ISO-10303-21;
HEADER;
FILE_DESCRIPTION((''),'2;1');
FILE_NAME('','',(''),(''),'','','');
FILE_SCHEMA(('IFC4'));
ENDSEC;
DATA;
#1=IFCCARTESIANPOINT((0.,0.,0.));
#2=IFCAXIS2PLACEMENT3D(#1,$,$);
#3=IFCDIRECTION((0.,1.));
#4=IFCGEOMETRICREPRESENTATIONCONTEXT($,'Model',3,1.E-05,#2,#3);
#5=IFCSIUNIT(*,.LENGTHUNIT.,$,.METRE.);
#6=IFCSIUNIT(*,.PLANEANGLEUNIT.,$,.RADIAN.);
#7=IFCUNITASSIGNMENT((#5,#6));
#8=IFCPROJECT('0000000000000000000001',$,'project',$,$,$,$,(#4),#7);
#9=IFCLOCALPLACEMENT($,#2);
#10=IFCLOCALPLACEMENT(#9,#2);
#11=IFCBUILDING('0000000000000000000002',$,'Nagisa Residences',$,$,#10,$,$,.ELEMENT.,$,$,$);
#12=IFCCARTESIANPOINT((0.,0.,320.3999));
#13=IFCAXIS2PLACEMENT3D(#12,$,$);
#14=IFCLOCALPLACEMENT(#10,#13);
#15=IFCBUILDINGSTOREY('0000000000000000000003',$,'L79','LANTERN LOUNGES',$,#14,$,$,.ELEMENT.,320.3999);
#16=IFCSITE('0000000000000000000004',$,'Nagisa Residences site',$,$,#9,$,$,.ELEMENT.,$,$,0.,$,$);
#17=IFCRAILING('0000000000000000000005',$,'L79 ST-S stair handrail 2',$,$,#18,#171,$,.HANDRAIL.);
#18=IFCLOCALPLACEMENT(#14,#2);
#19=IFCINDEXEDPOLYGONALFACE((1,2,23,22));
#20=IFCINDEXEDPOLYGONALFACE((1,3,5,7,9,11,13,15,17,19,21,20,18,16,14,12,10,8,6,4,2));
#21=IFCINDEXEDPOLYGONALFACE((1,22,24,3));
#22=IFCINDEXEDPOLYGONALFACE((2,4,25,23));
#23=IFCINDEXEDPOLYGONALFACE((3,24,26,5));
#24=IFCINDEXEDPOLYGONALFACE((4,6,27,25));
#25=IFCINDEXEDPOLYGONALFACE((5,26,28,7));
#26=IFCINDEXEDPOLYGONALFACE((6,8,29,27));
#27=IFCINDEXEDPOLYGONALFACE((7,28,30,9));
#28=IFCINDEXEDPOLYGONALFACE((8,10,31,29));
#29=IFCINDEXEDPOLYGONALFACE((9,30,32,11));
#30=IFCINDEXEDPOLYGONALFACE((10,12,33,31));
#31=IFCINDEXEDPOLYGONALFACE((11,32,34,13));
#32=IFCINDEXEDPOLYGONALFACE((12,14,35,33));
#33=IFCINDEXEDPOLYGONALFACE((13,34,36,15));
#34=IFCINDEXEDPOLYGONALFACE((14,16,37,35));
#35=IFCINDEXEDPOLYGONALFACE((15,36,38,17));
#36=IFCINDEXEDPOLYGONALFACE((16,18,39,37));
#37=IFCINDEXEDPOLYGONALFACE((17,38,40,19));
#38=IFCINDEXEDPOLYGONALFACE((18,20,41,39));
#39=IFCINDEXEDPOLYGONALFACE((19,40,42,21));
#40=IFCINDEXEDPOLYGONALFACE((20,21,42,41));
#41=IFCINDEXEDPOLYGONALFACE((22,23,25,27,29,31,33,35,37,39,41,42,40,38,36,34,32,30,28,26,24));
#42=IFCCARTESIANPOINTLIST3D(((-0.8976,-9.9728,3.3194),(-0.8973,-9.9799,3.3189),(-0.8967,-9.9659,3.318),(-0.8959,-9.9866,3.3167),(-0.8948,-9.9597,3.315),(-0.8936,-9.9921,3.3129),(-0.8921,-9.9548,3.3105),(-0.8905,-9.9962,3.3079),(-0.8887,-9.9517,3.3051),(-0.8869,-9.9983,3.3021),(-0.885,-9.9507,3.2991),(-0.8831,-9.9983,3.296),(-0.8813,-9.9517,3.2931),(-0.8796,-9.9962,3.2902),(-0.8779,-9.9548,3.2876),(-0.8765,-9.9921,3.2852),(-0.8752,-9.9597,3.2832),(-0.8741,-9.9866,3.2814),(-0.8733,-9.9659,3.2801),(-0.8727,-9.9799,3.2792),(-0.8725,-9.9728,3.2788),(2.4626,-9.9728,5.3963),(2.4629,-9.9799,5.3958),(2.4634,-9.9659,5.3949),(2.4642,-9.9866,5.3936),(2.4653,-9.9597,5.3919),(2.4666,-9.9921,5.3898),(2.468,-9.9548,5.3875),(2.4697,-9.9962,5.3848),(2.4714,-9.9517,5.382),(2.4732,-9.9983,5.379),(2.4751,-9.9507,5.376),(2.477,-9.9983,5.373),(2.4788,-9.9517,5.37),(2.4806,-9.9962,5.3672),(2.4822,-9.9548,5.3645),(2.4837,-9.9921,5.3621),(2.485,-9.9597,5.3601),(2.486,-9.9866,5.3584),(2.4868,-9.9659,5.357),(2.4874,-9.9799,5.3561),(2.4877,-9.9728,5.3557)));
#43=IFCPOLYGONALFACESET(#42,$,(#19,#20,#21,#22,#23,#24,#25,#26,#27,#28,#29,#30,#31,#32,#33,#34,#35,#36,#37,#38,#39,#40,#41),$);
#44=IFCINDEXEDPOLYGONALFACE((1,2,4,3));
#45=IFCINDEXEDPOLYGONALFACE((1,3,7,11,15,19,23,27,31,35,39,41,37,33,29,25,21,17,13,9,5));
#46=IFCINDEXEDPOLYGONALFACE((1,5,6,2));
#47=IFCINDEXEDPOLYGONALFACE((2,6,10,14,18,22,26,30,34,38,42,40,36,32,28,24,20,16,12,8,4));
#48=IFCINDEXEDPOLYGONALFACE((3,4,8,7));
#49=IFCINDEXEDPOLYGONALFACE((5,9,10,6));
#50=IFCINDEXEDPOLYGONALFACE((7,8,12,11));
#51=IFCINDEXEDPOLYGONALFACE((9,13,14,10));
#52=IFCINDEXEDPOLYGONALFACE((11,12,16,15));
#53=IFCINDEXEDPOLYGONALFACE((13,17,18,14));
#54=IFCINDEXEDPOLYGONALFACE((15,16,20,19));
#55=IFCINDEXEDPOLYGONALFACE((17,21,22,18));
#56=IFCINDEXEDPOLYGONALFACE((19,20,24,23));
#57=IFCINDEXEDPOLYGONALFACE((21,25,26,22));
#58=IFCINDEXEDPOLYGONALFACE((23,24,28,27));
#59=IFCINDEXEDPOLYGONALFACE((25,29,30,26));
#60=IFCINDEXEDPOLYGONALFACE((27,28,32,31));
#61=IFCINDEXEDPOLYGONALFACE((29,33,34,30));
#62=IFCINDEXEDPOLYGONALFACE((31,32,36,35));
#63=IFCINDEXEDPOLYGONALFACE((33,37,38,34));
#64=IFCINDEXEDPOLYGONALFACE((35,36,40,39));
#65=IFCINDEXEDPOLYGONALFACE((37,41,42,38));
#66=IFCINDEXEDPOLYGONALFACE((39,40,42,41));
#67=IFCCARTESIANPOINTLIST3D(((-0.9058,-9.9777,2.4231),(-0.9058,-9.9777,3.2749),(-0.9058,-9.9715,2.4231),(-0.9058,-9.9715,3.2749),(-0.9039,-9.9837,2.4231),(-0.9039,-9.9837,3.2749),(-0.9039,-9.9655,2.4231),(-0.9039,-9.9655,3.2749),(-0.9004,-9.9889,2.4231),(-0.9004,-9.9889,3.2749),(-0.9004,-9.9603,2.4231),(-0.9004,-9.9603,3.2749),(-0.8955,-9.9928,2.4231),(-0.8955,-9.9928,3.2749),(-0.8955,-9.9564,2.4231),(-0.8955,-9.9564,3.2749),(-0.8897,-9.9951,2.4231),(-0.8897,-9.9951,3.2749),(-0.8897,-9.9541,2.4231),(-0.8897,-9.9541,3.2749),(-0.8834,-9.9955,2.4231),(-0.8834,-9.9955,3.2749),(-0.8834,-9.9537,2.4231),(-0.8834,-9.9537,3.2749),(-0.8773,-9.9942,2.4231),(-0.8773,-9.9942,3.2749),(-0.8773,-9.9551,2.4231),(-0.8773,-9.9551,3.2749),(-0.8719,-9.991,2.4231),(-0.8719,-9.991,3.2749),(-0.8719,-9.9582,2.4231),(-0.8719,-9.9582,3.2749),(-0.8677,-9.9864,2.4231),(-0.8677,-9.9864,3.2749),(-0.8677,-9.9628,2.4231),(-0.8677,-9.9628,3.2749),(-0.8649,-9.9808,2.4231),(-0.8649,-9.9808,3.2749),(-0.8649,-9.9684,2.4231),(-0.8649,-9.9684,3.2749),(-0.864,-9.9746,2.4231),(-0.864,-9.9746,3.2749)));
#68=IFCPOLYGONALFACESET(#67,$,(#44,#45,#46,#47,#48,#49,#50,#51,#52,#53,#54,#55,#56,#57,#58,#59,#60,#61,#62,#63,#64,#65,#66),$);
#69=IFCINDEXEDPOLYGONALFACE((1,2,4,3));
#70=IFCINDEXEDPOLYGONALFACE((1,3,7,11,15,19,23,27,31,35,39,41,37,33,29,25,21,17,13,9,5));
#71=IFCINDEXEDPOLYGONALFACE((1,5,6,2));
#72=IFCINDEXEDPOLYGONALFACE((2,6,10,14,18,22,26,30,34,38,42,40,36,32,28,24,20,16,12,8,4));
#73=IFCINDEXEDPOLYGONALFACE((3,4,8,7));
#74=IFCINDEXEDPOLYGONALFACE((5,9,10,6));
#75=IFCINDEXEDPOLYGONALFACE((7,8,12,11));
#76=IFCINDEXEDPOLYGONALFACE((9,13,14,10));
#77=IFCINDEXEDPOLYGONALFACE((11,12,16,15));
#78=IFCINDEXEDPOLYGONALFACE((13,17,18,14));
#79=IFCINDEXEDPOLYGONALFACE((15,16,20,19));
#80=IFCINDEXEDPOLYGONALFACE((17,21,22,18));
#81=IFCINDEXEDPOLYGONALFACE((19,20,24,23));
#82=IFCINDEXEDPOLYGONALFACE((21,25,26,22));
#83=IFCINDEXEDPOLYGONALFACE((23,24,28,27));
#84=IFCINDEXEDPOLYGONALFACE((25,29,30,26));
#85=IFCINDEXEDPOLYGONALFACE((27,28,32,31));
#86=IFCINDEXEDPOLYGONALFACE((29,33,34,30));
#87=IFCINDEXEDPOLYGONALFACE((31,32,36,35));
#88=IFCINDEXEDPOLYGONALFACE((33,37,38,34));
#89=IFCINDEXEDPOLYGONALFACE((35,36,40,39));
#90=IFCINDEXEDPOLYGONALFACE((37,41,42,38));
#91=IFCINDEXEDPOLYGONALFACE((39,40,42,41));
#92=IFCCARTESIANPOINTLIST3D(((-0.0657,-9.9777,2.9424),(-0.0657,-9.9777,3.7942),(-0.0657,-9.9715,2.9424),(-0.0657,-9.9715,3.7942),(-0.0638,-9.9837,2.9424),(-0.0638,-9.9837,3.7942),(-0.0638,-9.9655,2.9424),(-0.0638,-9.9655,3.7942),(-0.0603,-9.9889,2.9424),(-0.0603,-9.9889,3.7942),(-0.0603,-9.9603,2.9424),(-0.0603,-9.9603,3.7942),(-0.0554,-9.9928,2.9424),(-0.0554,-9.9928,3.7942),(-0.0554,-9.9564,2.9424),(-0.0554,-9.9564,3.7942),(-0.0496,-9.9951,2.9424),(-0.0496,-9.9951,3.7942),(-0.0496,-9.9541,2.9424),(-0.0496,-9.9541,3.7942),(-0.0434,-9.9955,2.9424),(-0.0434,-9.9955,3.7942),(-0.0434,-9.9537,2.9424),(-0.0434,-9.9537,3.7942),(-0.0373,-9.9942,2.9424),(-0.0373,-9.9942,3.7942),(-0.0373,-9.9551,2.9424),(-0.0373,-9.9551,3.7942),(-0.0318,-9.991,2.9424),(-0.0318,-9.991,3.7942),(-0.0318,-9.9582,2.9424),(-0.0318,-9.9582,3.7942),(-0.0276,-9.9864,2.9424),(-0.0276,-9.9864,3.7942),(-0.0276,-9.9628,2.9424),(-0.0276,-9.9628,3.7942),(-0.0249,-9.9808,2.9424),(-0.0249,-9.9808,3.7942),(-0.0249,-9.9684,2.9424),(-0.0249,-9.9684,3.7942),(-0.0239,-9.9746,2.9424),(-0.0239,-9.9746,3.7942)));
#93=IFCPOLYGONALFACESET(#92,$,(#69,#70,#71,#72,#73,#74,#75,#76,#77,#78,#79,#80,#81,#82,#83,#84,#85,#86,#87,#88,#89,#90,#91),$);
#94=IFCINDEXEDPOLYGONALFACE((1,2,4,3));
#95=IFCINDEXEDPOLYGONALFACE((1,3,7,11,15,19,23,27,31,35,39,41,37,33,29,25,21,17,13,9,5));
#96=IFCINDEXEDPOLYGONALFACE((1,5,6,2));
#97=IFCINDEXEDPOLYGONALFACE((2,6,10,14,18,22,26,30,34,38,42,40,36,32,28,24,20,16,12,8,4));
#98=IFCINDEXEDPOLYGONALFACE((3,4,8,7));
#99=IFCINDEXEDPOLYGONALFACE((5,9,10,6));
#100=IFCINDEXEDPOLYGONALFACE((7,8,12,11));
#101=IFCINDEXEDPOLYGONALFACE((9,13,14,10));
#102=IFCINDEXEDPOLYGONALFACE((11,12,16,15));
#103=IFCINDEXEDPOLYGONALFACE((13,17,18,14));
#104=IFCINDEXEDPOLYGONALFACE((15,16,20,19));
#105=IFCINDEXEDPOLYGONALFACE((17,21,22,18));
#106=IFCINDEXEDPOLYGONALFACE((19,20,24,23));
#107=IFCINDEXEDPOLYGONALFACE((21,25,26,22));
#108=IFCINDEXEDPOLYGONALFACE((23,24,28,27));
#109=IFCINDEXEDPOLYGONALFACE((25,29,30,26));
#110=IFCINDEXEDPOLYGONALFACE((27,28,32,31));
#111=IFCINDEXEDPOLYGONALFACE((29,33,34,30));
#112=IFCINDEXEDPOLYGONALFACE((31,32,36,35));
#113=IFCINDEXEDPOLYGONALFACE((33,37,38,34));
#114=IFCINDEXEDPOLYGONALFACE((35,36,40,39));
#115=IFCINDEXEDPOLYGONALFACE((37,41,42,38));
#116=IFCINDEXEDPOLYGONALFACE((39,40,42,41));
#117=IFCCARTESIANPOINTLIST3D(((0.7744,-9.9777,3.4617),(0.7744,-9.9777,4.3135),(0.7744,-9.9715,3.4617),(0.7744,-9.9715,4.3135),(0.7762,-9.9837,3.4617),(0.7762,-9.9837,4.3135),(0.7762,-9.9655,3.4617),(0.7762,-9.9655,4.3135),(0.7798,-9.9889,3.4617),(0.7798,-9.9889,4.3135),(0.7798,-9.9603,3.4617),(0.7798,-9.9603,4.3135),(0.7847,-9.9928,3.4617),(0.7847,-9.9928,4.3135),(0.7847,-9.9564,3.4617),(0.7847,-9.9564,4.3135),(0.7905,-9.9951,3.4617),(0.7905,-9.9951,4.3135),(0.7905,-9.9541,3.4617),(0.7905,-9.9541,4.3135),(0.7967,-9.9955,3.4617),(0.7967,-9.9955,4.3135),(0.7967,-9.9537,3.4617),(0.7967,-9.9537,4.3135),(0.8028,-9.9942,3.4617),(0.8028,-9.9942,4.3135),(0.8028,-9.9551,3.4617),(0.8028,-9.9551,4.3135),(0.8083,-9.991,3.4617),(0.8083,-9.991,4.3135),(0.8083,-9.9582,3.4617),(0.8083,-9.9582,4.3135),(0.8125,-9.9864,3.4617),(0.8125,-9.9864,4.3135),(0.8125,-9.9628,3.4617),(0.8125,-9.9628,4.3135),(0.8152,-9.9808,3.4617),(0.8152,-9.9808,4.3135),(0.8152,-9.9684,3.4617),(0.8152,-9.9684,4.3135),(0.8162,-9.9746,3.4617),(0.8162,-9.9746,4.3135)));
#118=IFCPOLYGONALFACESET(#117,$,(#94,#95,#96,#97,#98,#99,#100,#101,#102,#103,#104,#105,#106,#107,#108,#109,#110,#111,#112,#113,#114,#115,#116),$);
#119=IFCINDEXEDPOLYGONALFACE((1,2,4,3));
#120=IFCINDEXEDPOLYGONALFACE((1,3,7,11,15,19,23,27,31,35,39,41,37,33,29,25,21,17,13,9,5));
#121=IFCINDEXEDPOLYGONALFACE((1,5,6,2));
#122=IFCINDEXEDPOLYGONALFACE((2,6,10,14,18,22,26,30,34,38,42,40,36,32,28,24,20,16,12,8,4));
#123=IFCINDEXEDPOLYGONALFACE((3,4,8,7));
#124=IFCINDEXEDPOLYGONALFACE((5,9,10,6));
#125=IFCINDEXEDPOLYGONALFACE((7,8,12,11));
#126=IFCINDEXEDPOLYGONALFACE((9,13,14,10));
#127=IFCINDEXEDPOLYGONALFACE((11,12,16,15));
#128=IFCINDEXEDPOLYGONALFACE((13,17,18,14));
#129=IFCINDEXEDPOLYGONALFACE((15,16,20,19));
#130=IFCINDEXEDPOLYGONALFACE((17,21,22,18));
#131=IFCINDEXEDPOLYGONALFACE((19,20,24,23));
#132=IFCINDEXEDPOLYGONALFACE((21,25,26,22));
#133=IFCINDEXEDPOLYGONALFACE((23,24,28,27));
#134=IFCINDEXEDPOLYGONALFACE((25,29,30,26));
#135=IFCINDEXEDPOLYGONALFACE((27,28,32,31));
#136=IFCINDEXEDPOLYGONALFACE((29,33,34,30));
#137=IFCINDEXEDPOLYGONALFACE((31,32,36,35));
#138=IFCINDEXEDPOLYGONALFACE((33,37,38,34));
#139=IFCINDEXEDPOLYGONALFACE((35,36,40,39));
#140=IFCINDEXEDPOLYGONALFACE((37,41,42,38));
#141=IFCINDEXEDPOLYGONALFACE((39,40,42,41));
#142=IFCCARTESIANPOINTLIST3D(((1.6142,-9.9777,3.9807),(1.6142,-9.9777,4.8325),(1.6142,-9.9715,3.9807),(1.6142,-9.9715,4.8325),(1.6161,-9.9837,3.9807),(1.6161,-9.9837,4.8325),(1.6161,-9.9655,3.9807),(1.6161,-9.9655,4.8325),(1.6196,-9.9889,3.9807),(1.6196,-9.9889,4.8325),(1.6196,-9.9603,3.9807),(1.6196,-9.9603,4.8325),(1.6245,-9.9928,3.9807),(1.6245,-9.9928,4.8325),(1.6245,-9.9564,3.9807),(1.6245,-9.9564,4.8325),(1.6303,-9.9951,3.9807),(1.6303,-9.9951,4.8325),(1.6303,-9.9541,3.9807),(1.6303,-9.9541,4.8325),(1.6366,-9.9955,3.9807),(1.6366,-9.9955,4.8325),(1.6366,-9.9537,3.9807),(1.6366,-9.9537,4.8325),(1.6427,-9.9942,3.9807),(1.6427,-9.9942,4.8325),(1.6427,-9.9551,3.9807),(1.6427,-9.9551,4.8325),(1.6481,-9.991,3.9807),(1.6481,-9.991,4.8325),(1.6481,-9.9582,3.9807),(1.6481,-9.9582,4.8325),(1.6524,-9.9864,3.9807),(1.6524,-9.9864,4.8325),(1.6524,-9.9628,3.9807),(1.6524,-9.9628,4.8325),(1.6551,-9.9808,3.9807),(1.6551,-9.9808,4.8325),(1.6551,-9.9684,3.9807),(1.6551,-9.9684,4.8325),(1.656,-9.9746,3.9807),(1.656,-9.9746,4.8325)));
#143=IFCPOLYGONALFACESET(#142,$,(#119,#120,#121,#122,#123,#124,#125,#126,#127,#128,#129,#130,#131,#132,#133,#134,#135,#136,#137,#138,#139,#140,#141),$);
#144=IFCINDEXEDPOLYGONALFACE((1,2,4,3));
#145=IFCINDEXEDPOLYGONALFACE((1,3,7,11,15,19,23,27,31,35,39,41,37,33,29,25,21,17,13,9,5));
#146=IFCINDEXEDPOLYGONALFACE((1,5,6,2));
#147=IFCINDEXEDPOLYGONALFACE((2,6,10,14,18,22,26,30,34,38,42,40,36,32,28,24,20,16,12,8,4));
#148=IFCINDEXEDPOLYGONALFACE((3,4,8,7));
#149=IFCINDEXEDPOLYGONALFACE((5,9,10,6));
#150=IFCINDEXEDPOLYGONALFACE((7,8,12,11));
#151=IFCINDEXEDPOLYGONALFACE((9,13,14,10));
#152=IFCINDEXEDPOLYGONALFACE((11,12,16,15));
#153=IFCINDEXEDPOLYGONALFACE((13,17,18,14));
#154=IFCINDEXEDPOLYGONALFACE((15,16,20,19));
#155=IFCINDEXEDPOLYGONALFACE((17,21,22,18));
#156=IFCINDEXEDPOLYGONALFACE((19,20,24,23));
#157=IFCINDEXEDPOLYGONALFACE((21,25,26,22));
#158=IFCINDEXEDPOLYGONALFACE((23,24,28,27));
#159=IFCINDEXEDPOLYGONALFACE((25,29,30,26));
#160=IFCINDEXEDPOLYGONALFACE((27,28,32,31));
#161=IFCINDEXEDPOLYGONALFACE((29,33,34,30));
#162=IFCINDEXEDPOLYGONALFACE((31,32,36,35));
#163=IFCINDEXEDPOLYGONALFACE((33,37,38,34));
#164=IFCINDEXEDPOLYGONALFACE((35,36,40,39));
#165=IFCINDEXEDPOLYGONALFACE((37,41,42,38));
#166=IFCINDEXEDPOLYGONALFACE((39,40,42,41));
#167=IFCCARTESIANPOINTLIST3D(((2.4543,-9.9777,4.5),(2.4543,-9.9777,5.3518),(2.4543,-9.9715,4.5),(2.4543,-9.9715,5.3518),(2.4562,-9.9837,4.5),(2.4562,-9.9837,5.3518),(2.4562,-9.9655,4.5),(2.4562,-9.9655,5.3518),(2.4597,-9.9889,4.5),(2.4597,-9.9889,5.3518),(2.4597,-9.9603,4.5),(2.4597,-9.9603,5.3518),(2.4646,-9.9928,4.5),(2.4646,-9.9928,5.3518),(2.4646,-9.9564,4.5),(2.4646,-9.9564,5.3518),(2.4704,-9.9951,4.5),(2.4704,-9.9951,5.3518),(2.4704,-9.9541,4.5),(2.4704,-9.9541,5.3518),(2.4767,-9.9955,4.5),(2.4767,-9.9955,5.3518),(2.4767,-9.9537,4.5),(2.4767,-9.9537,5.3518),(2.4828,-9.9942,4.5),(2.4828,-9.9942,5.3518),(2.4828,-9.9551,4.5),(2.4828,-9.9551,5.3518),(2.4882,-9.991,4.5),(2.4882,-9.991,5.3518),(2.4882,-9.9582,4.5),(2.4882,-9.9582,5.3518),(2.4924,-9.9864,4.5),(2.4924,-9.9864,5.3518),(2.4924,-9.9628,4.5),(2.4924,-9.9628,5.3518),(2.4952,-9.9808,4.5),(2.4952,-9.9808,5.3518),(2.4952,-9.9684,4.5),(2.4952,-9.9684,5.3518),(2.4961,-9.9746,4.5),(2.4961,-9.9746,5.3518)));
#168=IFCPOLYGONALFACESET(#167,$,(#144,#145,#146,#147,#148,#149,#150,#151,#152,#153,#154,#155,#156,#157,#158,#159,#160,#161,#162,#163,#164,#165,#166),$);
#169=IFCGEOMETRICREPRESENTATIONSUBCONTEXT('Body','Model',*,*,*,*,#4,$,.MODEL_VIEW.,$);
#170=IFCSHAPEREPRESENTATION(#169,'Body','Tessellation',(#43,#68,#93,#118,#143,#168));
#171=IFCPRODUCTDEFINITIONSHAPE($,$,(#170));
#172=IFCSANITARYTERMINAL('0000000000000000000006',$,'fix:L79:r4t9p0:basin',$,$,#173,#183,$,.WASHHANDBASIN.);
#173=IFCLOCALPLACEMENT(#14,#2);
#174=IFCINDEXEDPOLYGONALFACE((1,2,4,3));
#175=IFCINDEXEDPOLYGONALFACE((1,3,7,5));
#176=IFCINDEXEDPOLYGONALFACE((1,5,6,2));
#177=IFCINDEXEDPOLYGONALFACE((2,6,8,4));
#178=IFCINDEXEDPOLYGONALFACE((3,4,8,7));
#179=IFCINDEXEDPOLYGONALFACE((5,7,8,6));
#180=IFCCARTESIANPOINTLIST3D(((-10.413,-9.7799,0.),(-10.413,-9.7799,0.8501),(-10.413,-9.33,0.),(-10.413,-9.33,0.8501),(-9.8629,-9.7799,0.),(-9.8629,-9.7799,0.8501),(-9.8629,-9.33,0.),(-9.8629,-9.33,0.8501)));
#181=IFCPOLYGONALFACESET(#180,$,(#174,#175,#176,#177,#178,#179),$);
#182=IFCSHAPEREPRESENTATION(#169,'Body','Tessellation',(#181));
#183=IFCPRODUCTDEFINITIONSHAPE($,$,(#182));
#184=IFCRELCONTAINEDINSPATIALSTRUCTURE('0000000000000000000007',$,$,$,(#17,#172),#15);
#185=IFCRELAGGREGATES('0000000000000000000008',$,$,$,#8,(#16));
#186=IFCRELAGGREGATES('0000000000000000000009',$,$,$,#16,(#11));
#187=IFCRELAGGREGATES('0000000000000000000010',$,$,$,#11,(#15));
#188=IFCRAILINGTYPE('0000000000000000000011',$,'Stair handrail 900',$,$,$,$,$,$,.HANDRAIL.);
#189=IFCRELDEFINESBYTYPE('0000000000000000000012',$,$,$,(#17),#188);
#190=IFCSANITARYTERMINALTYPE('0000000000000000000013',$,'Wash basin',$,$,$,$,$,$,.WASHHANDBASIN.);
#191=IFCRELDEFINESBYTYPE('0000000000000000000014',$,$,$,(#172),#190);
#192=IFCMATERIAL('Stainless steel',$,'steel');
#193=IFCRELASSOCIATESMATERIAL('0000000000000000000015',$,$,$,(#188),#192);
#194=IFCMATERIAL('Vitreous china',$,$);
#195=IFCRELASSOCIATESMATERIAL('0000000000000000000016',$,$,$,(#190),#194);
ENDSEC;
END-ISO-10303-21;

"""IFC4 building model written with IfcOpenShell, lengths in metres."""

from ifc_helpers import new_model, si_unit, direction, frame, origin, origin_2d, place, context, subcontext, project, spatial, rectangle, circle, extrude, material, type_object, element, save


model = new_model("IFC4")

# Units and contexts
model_context = context("Model", 3, precision=1e-05, world=origin(), true_north=direction((0.0, 1.0)))
body_context = subcontext(model_context, "Body", "Model", "MODEL_VIEW")
ifc_project = project(units=[si_unit("LENGTHUNIT", "METRE"), si_unit("PLANEANGLEUNIT", "RADIAN")], contexts=[model_context])

# Site, building, storey
site_placement = place(None, origin())
site = spatial("IfcSite", under=ifc_project, at=site_placement, Name="Nagisa Residences site", CompositionType="ELEMENT", RefElevation=0.0)
building_placement = place(site_placement, origin())
building = spatial("IfcBuilding", under=site, at=building_placement, Name="Nagisa Residences", CompositionType="ELEMENT")
storey_placement = place(building_placement, frame((0.0, 0.0, 320.3999)))
storey = spatial("IfcBuildingStorey", under=building, at=storey_placement, Name="L79", Description="LANTERN LOUNGES", CompositionType="ELEMENT", Elevation=320.3999)

# Railing
ifc_material_1 = material(Name="Stainless steel", Category="steel")
railing_type = type_object("IfcRailingType", Name="Stair handrail 900", PredefinedType="HANDRAIL", material=ifc_material_1)
railing_placement = place(storey_placement, frame((-0.885, -9.9746, 2.4231)))
element("IfcRailing", 1, at=railing_placement, inside=storey, type_object=railing_type, Name="L79 ST-S stair handrail 2", PredefinedType="HANDRAIL", context=body_context, shape_type="SweptSolid", body=[
    extrude(circle(Radius=0.0239, at=origin_2d()), frame((0.0, 0.0, 0.876), z_axis=(0.850623, 0.0, 0.525776), x_axis=(0.0, 1.0, 0.0)), (0.0, 0.0, 1.0), 3.9502),
    extrude(circle(Radius=0.021, at=origin_2d()), origin(), (0.0, 0.0, 1.0), 0.8518),
    extrude(circle(Radius=0.021, at=origin_2d()), frame((0.8401, 0.0, 0.5193)), (0.0, 0.0, 1.0), 0.8518),
    extrude(circle(Radius=0.021, at=origin_2d()), frame((1.6802, 0.0, 1.0386)), (0.0, 0.0, 1.0), 0.8518),
    extrude(circle(Radius=0.021, at=origin_2d()), frame((2.52, 0.0, 1.5576)), (0.0, 0.0, 1.0), 0.8518),
    extrude(circle(Radius=0.021, at=origin_2d()), frame((3.3601, 0.0, 2.0769)), (0.0, 0.0, 1.0), 0.8518),
])

# Sanitary terminal
ifc_material_2 = material(Name="Vitreous china")
sanitary_terminal_type = type_object("IfcSanitaryTerminalType", Name="Wash basin", PredefinedType="WASHHANDBASIN", material=ifc_material_2)
sanitary_terminal_placement = place(storey_placement, frame((-10.1379, -9.5549, 0.0), z_axis=(0.0, 0.0, 1.0), x_axis=(1.0, 0.0, 0.0)))
element("IfcSanitaryTerminal", 2, at=sanitary_terminal_placement, inside=storey, type_object=sanitary_terminal_type, Name="fix:L79:r4t9p0:basin", PredefinedType="WASHHANDBASIN", context=body_context, shape_type="SweptSolid", body=[
    extrude(rectangle(XDim=0.55, YDim=0.45, at=origin_2d()), origin(), (0.0, 0.0, 1.0), 0.8501),
])

save(model, "model.ifc")
